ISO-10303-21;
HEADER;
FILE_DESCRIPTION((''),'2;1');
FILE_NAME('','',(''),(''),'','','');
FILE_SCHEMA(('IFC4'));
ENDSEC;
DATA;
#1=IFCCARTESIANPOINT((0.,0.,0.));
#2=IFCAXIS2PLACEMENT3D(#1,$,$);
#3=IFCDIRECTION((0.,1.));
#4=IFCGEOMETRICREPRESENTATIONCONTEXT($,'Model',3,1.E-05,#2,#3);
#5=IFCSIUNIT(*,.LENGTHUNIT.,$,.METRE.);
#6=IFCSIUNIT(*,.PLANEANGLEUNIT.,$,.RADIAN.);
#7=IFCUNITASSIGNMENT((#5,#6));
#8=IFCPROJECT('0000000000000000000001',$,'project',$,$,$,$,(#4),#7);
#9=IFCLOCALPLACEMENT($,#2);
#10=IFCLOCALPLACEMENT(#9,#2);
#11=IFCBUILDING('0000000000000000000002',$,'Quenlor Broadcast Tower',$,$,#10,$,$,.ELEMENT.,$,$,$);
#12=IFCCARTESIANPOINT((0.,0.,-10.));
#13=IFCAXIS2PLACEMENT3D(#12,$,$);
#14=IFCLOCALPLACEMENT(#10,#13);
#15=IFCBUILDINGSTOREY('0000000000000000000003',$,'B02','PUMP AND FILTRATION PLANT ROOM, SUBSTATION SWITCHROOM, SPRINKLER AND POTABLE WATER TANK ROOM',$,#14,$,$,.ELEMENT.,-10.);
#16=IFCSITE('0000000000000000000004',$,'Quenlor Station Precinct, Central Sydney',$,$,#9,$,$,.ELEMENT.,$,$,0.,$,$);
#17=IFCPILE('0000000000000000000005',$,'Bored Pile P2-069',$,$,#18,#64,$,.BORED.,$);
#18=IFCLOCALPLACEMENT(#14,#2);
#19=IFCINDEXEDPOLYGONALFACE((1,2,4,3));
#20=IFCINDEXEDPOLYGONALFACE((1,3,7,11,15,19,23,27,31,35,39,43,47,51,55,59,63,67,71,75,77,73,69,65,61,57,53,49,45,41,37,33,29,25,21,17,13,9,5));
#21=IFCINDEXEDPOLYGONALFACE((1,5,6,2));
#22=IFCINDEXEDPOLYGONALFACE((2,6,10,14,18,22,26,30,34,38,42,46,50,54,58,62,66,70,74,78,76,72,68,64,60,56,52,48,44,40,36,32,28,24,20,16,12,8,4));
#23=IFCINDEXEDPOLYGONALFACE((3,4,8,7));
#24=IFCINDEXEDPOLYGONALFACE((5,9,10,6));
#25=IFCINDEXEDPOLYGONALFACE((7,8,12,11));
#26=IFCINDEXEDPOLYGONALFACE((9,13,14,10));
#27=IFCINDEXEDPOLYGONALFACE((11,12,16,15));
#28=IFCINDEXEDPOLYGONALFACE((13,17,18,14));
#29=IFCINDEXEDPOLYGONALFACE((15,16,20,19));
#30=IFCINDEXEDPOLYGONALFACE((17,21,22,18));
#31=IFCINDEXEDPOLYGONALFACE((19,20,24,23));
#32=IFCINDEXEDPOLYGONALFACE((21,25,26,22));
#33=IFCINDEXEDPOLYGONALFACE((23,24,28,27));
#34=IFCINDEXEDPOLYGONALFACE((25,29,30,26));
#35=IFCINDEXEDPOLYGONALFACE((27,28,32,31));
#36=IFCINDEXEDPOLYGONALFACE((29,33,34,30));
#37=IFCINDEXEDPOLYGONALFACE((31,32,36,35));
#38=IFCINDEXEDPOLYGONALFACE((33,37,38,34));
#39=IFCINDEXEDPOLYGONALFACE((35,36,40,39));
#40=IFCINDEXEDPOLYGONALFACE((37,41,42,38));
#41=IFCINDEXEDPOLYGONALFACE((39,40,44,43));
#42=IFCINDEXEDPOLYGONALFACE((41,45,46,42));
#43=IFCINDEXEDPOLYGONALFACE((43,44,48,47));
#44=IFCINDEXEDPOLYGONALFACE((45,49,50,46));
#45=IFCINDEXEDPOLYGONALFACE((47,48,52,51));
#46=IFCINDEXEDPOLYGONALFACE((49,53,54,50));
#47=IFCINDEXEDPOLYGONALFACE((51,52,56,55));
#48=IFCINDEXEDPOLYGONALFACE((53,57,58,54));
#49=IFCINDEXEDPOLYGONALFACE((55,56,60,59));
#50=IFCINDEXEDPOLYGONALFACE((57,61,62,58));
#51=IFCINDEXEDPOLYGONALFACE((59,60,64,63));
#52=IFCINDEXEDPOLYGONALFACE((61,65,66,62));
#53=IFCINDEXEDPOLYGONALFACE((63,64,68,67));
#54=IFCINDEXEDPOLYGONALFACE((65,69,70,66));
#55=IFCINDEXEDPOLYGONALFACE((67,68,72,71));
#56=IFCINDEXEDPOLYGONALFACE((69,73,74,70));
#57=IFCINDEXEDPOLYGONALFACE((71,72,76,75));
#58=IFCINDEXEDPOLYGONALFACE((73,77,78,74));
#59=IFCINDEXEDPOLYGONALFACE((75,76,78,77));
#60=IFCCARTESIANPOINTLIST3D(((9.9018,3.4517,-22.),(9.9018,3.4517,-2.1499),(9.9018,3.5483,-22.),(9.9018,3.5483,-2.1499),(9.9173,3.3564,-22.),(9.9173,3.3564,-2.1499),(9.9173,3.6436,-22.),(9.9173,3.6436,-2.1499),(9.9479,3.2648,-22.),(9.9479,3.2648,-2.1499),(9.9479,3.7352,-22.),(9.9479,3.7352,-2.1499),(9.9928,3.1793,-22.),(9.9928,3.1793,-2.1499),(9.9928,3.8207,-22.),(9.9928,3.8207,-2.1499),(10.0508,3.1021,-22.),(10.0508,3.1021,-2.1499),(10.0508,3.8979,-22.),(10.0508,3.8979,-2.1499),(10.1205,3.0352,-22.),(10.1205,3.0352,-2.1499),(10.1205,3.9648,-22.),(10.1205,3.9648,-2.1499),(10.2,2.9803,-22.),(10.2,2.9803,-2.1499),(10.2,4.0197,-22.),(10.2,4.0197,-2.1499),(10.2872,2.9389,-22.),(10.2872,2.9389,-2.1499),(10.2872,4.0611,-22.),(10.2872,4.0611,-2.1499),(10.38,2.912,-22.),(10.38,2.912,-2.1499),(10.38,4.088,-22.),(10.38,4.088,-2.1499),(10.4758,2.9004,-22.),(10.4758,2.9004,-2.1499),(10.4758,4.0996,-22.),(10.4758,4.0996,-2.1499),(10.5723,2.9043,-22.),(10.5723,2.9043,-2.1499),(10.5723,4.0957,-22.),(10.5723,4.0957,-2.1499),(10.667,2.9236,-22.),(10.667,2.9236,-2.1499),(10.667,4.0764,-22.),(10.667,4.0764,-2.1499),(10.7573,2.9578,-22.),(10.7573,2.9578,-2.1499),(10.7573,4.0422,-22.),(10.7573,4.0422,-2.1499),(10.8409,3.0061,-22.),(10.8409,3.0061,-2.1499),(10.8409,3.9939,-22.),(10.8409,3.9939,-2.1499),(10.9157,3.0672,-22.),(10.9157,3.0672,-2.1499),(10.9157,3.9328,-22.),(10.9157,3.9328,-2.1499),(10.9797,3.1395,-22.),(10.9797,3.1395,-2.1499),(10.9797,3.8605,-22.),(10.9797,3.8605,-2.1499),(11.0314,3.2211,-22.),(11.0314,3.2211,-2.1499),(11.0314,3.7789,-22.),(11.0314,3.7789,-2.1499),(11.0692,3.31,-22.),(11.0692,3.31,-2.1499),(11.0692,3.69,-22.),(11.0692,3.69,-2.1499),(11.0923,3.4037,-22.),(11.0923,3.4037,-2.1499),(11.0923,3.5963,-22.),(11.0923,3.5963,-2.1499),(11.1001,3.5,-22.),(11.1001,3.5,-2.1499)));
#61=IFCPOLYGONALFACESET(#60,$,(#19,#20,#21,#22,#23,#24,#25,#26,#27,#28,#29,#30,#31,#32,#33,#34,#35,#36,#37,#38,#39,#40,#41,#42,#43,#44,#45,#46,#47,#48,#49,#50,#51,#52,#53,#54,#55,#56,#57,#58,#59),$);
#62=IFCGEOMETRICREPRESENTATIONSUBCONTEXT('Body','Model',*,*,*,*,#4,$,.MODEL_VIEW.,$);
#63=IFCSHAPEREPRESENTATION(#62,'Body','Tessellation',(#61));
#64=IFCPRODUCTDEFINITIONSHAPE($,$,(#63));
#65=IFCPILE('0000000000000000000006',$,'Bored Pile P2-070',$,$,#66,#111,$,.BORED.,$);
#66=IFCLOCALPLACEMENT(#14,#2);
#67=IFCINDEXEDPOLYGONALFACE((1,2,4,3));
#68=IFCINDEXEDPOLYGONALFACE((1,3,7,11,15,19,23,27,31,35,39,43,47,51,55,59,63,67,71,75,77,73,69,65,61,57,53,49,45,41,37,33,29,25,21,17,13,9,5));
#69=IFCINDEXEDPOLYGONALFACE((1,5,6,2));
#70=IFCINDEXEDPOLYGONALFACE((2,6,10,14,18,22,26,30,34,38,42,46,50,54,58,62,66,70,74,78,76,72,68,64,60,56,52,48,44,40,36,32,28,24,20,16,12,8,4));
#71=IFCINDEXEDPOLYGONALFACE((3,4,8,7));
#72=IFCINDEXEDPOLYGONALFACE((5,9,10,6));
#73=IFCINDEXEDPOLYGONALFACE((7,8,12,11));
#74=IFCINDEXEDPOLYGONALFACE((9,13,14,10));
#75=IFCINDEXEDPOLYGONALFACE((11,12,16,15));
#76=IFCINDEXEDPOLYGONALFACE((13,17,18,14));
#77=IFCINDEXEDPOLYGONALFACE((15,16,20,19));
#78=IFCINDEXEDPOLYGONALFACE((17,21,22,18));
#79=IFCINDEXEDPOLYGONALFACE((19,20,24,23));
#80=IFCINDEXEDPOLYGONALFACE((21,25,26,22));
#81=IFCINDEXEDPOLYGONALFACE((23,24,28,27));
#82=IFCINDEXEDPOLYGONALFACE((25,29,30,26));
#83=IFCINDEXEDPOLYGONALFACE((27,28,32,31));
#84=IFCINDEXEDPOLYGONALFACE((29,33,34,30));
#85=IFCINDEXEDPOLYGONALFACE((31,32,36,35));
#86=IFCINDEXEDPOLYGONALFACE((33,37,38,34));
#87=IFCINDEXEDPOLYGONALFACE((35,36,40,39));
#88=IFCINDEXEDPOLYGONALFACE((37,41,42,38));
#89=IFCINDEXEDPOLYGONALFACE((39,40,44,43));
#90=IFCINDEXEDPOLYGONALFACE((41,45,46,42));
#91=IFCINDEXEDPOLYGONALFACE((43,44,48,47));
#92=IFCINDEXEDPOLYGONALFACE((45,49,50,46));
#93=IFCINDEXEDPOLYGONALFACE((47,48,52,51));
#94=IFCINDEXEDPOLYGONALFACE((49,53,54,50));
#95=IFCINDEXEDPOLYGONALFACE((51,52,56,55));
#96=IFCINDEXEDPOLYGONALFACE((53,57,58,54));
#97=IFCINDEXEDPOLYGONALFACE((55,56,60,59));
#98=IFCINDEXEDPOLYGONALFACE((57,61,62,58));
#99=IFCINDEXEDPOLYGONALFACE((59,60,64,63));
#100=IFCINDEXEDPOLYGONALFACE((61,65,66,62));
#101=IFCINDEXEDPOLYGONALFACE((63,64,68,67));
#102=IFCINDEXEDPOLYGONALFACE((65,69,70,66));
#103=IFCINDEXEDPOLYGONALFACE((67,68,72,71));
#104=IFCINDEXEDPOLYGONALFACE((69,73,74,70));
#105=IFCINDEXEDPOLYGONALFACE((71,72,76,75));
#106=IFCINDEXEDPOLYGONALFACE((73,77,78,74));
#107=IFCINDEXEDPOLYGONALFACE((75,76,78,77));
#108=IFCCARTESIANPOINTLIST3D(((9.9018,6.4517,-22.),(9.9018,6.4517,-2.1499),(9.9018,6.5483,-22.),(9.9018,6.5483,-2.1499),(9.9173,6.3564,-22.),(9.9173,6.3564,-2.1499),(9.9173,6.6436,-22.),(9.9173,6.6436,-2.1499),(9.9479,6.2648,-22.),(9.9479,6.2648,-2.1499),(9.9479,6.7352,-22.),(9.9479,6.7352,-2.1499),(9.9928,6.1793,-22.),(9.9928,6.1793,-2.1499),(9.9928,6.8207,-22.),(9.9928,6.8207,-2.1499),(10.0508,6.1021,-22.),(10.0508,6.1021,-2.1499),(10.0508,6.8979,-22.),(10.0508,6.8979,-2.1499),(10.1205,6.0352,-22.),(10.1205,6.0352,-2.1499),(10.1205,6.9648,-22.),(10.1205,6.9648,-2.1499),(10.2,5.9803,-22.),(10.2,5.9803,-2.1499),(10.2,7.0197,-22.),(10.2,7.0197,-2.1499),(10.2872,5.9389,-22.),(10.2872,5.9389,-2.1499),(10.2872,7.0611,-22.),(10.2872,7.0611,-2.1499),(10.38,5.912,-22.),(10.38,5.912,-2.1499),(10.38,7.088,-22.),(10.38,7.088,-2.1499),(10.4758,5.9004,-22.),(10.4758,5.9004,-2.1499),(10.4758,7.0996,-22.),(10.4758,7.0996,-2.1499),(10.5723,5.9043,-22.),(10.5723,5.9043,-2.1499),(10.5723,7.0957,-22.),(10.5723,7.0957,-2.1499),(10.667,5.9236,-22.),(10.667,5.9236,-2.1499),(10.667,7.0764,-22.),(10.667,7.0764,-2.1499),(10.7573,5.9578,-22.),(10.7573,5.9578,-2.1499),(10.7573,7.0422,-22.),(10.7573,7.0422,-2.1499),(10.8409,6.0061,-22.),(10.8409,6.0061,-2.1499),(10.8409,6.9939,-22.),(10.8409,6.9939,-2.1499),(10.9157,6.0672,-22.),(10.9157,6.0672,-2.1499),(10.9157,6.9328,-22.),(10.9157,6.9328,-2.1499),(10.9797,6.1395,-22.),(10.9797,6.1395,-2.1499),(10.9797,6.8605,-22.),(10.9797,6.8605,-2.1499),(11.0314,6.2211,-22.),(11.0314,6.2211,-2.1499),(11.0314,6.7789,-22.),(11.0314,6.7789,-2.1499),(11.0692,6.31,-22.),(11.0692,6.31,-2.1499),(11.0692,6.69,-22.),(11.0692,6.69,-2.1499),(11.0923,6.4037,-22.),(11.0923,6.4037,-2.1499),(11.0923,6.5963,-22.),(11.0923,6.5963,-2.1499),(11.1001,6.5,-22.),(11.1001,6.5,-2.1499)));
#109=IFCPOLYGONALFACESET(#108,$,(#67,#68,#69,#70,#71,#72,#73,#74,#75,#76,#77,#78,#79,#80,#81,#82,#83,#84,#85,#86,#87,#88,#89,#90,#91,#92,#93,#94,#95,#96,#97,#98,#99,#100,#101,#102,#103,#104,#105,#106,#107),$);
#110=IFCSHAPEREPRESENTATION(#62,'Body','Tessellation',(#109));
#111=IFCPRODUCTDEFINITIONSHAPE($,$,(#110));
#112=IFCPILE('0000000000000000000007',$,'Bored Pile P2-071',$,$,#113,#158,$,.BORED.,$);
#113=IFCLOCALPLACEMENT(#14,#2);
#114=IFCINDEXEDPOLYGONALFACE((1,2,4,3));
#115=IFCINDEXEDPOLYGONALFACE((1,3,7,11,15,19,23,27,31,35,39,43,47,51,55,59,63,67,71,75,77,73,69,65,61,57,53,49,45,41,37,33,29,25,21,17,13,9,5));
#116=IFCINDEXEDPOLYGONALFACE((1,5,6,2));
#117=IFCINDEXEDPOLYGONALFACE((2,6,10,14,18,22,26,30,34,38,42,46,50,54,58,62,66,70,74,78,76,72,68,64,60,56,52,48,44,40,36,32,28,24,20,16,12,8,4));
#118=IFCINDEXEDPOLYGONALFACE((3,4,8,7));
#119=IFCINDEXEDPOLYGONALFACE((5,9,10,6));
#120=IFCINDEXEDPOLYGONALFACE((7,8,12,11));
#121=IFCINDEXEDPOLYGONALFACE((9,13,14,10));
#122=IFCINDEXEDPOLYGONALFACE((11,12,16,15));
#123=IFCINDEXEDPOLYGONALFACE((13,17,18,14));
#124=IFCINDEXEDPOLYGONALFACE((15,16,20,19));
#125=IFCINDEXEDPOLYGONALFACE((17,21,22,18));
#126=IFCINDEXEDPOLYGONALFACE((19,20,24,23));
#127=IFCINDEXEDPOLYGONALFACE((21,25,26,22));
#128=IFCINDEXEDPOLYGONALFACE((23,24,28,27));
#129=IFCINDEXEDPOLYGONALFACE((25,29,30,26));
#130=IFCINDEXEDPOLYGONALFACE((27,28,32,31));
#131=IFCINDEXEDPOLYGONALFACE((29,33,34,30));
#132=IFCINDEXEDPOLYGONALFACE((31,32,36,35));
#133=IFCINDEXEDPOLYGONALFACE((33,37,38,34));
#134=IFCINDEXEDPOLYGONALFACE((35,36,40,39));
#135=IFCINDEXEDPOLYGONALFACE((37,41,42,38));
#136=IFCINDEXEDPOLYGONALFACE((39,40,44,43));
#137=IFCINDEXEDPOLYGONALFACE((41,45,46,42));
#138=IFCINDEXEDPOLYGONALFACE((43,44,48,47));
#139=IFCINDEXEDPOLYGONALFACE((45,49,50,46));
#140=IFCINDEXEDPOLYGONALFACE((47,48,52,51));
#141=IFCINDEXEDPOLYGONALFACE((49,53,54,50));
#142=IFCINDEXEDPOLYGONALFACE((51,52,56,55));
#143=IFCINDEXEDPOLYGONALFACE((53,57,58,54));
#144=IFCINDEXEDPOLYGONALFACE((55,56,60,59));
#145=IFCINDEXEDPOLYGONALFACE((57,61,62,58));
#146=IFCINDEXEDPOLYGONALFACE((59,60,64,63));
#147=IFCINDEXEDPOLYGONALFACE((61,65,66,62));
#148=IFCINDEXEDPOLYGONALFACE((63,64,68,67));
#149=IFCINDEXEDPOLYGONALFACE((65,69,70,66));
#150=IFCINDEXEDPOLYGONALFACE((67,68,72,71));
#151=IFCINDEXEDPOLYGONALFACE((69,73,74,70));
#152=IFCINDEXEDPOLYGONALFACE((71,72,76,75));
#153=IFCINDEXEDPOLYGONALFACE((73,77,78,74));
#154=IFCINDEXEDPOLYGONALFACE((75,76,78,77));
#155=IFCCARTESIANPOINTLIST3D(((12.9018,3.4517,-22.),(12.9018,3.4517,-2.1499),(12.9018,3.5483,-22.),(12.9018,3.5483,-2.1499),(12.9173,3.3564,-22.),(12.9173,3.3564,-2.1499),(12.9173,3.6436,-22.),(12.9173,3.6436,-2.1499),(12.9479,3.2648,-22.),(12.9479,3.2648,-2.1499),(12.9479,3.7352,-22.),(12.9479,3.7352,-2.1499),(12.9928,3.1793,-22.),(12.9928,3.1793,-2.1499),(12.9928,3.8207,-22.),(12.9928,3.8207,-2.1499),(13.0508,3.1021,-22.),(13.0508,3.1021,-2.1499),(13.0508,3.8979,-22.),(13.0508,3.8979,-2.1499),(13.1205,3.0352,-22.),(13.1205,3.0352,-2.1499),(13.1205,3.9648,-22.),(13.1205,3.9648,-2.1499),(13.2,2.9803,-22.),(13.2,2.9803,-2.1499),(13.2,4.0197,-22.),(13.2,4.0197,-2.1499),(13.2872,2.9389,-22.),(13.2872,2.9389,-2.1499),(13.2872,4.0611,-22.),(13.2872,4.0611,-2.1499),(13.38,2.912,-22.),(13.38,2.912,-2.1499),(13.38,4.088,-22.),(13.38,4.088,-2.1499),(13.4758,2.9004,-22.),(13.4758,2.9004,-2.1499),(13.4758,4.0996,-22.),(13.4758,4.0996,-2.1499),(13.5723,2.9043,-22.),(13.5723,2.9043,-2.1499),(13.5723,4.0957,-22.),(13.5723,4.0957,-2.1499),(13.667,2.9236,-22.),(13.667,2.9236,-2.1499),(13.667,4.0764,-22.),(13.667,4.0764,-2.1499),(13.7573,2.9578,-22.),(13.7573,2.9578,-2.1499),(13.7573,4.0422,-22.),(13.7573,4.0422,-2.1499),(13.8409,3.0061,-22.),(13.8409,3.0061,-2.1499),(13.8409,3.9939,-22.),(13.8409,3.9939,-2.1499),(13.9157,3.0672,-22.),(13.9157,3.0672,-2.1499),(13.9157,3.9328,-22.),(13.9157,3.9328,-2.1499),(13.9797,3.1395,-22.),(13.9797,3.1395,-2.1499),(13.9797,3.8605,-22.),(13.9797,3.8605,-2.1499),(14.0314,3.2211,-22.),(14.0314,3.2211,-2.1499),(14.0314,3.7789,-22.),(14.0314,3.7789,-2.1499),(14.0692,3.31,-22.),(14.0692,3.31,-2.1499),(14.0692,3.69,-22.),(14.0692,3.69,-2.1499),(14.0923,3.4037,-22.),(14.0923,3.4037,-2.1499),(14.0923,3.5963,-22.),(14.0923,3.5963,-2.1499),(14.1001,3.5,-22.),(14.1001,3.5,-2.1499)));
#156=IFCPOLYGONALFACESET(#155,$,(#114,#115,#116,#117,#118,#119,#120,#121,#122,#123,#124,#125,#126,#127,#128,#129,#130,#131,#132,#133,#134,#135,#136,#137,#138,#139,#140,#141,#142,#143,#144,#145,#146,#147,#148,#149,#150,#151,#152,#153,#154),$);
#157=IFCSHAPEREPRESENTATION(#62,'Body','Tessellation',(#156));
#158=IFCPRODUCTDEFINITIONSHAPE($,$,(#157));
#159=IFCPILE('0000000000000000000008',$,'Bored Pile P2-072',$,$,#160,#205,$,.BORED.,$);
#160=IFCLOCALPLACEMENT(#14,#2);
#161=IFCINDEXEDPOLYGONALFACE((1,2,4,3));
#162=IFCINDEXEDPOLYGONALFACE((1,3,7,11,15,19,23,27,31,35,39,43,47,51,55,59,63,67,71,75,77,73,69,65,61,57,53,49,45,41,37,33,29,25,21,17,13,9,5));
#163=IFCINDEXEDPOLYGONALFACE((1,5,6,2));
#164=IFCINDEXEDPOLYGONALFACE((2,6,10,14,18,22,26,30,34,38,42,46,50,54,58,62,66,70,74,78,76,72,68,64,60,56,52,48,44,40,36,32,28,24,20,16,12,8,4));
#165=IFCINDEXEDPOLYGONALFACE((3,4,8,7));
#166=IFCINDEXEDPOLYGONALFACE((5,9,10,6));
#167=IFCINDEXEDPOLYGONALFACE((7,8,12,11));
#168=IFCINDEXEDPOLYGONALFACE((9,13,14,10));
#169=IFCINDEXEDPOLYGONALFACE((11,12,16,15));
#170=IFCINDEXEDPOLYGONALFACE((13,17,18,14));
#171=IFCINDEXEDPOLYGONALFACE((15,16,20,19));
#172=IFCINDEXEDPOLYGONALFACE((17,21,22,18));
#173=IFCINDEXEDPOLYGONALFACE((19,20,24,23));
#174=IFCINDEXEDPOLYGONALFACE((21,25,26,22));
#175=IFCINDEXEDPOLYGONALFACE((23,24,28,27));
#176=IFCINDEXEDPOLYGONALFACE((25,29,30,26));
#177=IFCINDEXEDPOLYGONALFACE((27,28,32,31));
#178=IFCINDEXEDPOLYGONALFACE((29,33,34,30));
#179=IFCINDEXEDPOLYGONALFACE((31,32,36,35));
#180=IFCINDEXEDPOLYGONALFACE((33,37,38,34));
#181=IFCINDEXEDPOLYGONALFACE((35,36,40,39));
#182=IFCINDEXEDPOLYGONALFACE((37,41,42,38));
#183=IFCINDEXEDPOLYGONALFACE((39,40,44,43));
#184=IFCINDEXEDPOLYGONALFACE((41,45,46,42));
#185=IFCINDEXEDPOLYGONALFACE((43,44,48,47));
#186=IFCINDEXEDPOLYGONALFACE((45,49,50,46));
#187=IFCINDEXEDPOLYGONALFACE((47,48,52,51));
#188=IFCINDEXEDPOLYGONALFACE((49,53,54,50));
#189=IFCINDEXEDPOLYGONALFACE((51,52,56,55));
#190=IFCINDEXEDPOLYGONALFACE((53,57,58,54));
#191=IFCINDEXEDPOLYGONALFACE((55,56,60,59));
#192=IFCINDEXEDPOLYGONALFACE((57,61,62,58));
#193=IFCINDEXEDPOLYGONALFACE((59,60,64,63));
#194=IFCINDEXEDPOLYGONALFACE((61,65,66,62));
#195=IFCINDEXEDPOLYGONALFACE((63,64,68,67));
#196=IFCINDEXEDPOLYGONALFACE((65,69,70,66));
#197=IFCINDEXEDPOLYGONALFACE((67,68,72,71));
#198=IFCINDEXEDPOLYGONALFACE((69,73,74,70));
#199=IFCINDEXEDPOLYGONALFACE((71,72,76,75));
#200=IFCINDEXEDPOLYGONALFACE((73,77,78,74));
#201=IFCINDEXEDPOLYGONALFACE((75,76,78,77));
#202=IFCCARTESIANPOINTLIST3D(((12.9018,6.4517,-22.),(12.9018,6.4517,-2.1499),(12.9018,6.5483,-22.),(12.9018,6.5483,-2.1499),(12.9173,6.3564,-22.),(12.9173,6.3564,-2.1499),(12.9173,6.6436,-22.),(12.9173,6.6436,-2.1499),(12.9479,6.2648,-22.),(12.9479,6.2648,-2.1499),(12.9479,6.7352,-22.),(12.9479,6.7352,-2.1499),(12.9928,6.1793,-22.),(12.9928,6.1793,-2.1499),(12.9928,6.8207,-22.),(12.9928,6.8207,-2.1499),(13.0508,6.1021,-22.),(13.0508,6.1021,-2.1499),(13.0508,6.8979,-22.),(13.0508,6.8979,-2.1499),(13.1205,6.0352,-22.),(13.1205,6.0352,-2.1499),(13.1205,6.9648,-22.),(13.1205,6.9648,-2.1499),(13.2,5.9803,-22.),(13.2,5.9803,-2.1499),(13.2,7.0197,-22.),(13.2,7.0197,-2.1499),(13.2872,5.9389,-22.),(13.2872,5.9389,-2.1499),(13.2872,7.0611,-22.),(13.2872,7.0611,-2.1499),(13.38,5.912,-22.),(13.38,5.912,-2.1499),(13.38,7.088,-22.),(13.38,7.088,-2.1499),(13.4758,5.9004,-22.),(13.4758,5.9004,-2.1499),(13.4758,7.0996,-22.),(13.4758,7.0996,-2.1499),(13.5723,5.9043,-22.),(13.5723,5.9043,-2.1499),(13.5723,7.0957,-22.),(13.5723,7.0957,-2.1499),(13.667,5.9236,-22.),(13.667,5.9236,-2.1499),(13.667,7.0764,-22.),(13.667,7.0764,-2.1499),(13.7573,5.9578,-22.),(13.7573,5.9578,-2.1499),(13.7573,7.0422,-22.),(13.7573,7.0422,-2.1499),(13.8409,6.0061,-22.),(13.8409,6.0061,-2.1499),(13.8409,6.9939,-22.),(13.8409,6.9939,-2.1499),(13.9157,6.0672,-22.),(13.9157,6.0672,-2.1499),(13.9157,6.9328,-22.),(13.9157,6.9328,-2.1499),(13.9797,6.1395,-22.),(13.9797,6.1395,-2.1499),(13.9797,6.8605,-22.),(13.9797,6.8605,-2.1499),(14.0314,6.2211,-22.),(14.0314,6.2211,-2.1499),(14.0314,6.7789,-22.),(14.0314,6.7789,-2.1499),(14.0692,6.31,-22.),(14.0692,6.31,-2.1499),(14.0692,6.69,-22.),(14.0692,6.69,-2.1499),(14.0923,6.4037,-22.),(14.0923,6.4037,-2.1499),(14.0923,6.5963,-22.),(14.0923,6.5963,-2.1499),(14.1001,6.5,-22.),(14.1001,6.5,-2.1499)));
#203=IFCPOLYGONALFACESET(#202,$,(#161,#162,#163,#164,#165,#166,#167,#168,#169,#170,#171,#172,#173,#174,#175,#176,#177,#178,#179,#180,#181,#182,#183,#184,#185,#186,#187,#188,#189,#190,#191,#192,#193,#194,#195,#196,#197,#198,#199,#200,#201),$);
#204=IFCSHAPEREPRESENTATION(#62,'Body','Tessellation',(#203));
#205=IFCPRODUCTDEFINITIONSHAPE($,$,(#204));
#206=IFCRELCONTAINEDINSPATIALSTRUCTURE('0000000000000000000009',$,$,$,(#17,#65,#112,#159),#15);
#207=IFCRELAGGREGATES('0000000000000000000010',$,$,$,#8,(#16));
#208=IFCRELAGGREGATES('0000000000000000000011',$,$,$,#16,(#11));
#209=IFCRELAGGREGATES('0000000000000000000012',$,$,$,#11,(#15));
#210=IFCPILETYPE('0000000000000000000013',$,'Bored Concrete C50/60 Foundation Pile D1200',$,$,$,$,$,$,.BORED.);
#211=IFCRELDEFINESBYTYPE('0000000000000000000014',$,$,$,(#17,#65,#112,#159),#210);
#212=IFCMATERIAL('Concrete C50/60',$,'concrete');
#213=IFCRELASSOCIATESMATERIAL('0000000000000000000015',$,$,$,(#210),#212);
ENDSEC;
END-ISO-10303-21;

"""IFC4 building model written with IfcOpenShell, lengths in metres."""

from ifc_helpers import new_model, si_unit, direction, frame, origin, origin_2d, place, context, subcontext, project, spatial, circle, extrude, material, material_profile, profile_set, type_object, element, save


model = new_model("IFC4")

# Units and contexts
model_context = context("Model", 3, precision=1e-05, world=origin(), true_north=direction((0.0, 1.0)))
body_context = subcontext(model_context, "Body", "Model", "MODEL_VIEW")
ifc_project = project(units=[si_unit("LENGTHUNIT", "METRE"), si_unit("PLANEANGLEUNIT", "RADIAN")], contexts=[model_context])

# Site, building, storey
site_placement = place(None, origin())
site = spatial("IfcSite", under=ifc_project, at=site_placement, Name="Quenlor Station Precinct, Central Sydney", CompositionType="ELEMENT", RefElevation=0.0)
building_placement = place(site_placement, origin())
building = spatial("IfcBuilding", under=site, at=building_placement, Name="Quenlor Broadcast Tower", CompositionType="ELEMENT")
storey_placement = place(building_placement, frame((0.0, 0.0, -10.0)))
storey = spatial("IfcBuildingStorey", under=building, at=storey_placement, Name="B02", Description="PUMP AND FILTRATION PLANT ROOM, SUBSTATION SWITCHROOM, SPRINKLER AND POTABLE WATER TANK ROOM", CompositionType="ELEMENT", Elevation=-10.0)

# Piles
ifc_material_1 = material(Name="Concrete C50/60", Category="concrete")
ifc_material_profile_1 = material_profile(ifc_material_1, circle(Radius=0.6001, at=origin_2d()))
ifc_profile_set_1 = profile_set([ifc_material_profile_1], Name="Concrete C50/60 PILE1200")
pile_type = type_object("IfcPileType", Name="Bored Concrete C50/60 Foundation Pile D1200", PredefinedType="BORED", material=ifc_profile_set_1)
for number, where, z_axis, x_axis, name in (
    (1, (10.5, 3.5, -2.1499), (0.0, 0.0, -1.0), (1.0, 0.0, 0.0), "Bored Pile P2-069"),
    (2, (10.5, 6.5, -2.1499), (0.0, 0.0, -1.0), (1.0, 0.0, 0.0), "Bored Pile P2-070"),
    (3, (13.5, 3.5, -2.1499), (0.0, 0.0, -1.0), (1.0, 0.0, 0.0), "Bored Pile P2-071"),
    (4, (13.5, 6.5, -2.1499), (0.0, 0.0, -1.0), (1.0, 0.0, 0.0), "Bored Pile P2-072"),
):
    element("IfcPile", number, at=place(storey_placement, frame(where, z_axis=z_axis, x_axis=x_axis)), inside=storey, type_object=pile_type, Name=name, PredefinedType="BORED", context=body_context, shape_type="SweptSolid", body=[
        extrude(circle(Radius=0.6001, at=origin_2d()), origin(), (0.0, 0.0, 1.0), 19.8501),
    ])

save(model, "model.ifc")
